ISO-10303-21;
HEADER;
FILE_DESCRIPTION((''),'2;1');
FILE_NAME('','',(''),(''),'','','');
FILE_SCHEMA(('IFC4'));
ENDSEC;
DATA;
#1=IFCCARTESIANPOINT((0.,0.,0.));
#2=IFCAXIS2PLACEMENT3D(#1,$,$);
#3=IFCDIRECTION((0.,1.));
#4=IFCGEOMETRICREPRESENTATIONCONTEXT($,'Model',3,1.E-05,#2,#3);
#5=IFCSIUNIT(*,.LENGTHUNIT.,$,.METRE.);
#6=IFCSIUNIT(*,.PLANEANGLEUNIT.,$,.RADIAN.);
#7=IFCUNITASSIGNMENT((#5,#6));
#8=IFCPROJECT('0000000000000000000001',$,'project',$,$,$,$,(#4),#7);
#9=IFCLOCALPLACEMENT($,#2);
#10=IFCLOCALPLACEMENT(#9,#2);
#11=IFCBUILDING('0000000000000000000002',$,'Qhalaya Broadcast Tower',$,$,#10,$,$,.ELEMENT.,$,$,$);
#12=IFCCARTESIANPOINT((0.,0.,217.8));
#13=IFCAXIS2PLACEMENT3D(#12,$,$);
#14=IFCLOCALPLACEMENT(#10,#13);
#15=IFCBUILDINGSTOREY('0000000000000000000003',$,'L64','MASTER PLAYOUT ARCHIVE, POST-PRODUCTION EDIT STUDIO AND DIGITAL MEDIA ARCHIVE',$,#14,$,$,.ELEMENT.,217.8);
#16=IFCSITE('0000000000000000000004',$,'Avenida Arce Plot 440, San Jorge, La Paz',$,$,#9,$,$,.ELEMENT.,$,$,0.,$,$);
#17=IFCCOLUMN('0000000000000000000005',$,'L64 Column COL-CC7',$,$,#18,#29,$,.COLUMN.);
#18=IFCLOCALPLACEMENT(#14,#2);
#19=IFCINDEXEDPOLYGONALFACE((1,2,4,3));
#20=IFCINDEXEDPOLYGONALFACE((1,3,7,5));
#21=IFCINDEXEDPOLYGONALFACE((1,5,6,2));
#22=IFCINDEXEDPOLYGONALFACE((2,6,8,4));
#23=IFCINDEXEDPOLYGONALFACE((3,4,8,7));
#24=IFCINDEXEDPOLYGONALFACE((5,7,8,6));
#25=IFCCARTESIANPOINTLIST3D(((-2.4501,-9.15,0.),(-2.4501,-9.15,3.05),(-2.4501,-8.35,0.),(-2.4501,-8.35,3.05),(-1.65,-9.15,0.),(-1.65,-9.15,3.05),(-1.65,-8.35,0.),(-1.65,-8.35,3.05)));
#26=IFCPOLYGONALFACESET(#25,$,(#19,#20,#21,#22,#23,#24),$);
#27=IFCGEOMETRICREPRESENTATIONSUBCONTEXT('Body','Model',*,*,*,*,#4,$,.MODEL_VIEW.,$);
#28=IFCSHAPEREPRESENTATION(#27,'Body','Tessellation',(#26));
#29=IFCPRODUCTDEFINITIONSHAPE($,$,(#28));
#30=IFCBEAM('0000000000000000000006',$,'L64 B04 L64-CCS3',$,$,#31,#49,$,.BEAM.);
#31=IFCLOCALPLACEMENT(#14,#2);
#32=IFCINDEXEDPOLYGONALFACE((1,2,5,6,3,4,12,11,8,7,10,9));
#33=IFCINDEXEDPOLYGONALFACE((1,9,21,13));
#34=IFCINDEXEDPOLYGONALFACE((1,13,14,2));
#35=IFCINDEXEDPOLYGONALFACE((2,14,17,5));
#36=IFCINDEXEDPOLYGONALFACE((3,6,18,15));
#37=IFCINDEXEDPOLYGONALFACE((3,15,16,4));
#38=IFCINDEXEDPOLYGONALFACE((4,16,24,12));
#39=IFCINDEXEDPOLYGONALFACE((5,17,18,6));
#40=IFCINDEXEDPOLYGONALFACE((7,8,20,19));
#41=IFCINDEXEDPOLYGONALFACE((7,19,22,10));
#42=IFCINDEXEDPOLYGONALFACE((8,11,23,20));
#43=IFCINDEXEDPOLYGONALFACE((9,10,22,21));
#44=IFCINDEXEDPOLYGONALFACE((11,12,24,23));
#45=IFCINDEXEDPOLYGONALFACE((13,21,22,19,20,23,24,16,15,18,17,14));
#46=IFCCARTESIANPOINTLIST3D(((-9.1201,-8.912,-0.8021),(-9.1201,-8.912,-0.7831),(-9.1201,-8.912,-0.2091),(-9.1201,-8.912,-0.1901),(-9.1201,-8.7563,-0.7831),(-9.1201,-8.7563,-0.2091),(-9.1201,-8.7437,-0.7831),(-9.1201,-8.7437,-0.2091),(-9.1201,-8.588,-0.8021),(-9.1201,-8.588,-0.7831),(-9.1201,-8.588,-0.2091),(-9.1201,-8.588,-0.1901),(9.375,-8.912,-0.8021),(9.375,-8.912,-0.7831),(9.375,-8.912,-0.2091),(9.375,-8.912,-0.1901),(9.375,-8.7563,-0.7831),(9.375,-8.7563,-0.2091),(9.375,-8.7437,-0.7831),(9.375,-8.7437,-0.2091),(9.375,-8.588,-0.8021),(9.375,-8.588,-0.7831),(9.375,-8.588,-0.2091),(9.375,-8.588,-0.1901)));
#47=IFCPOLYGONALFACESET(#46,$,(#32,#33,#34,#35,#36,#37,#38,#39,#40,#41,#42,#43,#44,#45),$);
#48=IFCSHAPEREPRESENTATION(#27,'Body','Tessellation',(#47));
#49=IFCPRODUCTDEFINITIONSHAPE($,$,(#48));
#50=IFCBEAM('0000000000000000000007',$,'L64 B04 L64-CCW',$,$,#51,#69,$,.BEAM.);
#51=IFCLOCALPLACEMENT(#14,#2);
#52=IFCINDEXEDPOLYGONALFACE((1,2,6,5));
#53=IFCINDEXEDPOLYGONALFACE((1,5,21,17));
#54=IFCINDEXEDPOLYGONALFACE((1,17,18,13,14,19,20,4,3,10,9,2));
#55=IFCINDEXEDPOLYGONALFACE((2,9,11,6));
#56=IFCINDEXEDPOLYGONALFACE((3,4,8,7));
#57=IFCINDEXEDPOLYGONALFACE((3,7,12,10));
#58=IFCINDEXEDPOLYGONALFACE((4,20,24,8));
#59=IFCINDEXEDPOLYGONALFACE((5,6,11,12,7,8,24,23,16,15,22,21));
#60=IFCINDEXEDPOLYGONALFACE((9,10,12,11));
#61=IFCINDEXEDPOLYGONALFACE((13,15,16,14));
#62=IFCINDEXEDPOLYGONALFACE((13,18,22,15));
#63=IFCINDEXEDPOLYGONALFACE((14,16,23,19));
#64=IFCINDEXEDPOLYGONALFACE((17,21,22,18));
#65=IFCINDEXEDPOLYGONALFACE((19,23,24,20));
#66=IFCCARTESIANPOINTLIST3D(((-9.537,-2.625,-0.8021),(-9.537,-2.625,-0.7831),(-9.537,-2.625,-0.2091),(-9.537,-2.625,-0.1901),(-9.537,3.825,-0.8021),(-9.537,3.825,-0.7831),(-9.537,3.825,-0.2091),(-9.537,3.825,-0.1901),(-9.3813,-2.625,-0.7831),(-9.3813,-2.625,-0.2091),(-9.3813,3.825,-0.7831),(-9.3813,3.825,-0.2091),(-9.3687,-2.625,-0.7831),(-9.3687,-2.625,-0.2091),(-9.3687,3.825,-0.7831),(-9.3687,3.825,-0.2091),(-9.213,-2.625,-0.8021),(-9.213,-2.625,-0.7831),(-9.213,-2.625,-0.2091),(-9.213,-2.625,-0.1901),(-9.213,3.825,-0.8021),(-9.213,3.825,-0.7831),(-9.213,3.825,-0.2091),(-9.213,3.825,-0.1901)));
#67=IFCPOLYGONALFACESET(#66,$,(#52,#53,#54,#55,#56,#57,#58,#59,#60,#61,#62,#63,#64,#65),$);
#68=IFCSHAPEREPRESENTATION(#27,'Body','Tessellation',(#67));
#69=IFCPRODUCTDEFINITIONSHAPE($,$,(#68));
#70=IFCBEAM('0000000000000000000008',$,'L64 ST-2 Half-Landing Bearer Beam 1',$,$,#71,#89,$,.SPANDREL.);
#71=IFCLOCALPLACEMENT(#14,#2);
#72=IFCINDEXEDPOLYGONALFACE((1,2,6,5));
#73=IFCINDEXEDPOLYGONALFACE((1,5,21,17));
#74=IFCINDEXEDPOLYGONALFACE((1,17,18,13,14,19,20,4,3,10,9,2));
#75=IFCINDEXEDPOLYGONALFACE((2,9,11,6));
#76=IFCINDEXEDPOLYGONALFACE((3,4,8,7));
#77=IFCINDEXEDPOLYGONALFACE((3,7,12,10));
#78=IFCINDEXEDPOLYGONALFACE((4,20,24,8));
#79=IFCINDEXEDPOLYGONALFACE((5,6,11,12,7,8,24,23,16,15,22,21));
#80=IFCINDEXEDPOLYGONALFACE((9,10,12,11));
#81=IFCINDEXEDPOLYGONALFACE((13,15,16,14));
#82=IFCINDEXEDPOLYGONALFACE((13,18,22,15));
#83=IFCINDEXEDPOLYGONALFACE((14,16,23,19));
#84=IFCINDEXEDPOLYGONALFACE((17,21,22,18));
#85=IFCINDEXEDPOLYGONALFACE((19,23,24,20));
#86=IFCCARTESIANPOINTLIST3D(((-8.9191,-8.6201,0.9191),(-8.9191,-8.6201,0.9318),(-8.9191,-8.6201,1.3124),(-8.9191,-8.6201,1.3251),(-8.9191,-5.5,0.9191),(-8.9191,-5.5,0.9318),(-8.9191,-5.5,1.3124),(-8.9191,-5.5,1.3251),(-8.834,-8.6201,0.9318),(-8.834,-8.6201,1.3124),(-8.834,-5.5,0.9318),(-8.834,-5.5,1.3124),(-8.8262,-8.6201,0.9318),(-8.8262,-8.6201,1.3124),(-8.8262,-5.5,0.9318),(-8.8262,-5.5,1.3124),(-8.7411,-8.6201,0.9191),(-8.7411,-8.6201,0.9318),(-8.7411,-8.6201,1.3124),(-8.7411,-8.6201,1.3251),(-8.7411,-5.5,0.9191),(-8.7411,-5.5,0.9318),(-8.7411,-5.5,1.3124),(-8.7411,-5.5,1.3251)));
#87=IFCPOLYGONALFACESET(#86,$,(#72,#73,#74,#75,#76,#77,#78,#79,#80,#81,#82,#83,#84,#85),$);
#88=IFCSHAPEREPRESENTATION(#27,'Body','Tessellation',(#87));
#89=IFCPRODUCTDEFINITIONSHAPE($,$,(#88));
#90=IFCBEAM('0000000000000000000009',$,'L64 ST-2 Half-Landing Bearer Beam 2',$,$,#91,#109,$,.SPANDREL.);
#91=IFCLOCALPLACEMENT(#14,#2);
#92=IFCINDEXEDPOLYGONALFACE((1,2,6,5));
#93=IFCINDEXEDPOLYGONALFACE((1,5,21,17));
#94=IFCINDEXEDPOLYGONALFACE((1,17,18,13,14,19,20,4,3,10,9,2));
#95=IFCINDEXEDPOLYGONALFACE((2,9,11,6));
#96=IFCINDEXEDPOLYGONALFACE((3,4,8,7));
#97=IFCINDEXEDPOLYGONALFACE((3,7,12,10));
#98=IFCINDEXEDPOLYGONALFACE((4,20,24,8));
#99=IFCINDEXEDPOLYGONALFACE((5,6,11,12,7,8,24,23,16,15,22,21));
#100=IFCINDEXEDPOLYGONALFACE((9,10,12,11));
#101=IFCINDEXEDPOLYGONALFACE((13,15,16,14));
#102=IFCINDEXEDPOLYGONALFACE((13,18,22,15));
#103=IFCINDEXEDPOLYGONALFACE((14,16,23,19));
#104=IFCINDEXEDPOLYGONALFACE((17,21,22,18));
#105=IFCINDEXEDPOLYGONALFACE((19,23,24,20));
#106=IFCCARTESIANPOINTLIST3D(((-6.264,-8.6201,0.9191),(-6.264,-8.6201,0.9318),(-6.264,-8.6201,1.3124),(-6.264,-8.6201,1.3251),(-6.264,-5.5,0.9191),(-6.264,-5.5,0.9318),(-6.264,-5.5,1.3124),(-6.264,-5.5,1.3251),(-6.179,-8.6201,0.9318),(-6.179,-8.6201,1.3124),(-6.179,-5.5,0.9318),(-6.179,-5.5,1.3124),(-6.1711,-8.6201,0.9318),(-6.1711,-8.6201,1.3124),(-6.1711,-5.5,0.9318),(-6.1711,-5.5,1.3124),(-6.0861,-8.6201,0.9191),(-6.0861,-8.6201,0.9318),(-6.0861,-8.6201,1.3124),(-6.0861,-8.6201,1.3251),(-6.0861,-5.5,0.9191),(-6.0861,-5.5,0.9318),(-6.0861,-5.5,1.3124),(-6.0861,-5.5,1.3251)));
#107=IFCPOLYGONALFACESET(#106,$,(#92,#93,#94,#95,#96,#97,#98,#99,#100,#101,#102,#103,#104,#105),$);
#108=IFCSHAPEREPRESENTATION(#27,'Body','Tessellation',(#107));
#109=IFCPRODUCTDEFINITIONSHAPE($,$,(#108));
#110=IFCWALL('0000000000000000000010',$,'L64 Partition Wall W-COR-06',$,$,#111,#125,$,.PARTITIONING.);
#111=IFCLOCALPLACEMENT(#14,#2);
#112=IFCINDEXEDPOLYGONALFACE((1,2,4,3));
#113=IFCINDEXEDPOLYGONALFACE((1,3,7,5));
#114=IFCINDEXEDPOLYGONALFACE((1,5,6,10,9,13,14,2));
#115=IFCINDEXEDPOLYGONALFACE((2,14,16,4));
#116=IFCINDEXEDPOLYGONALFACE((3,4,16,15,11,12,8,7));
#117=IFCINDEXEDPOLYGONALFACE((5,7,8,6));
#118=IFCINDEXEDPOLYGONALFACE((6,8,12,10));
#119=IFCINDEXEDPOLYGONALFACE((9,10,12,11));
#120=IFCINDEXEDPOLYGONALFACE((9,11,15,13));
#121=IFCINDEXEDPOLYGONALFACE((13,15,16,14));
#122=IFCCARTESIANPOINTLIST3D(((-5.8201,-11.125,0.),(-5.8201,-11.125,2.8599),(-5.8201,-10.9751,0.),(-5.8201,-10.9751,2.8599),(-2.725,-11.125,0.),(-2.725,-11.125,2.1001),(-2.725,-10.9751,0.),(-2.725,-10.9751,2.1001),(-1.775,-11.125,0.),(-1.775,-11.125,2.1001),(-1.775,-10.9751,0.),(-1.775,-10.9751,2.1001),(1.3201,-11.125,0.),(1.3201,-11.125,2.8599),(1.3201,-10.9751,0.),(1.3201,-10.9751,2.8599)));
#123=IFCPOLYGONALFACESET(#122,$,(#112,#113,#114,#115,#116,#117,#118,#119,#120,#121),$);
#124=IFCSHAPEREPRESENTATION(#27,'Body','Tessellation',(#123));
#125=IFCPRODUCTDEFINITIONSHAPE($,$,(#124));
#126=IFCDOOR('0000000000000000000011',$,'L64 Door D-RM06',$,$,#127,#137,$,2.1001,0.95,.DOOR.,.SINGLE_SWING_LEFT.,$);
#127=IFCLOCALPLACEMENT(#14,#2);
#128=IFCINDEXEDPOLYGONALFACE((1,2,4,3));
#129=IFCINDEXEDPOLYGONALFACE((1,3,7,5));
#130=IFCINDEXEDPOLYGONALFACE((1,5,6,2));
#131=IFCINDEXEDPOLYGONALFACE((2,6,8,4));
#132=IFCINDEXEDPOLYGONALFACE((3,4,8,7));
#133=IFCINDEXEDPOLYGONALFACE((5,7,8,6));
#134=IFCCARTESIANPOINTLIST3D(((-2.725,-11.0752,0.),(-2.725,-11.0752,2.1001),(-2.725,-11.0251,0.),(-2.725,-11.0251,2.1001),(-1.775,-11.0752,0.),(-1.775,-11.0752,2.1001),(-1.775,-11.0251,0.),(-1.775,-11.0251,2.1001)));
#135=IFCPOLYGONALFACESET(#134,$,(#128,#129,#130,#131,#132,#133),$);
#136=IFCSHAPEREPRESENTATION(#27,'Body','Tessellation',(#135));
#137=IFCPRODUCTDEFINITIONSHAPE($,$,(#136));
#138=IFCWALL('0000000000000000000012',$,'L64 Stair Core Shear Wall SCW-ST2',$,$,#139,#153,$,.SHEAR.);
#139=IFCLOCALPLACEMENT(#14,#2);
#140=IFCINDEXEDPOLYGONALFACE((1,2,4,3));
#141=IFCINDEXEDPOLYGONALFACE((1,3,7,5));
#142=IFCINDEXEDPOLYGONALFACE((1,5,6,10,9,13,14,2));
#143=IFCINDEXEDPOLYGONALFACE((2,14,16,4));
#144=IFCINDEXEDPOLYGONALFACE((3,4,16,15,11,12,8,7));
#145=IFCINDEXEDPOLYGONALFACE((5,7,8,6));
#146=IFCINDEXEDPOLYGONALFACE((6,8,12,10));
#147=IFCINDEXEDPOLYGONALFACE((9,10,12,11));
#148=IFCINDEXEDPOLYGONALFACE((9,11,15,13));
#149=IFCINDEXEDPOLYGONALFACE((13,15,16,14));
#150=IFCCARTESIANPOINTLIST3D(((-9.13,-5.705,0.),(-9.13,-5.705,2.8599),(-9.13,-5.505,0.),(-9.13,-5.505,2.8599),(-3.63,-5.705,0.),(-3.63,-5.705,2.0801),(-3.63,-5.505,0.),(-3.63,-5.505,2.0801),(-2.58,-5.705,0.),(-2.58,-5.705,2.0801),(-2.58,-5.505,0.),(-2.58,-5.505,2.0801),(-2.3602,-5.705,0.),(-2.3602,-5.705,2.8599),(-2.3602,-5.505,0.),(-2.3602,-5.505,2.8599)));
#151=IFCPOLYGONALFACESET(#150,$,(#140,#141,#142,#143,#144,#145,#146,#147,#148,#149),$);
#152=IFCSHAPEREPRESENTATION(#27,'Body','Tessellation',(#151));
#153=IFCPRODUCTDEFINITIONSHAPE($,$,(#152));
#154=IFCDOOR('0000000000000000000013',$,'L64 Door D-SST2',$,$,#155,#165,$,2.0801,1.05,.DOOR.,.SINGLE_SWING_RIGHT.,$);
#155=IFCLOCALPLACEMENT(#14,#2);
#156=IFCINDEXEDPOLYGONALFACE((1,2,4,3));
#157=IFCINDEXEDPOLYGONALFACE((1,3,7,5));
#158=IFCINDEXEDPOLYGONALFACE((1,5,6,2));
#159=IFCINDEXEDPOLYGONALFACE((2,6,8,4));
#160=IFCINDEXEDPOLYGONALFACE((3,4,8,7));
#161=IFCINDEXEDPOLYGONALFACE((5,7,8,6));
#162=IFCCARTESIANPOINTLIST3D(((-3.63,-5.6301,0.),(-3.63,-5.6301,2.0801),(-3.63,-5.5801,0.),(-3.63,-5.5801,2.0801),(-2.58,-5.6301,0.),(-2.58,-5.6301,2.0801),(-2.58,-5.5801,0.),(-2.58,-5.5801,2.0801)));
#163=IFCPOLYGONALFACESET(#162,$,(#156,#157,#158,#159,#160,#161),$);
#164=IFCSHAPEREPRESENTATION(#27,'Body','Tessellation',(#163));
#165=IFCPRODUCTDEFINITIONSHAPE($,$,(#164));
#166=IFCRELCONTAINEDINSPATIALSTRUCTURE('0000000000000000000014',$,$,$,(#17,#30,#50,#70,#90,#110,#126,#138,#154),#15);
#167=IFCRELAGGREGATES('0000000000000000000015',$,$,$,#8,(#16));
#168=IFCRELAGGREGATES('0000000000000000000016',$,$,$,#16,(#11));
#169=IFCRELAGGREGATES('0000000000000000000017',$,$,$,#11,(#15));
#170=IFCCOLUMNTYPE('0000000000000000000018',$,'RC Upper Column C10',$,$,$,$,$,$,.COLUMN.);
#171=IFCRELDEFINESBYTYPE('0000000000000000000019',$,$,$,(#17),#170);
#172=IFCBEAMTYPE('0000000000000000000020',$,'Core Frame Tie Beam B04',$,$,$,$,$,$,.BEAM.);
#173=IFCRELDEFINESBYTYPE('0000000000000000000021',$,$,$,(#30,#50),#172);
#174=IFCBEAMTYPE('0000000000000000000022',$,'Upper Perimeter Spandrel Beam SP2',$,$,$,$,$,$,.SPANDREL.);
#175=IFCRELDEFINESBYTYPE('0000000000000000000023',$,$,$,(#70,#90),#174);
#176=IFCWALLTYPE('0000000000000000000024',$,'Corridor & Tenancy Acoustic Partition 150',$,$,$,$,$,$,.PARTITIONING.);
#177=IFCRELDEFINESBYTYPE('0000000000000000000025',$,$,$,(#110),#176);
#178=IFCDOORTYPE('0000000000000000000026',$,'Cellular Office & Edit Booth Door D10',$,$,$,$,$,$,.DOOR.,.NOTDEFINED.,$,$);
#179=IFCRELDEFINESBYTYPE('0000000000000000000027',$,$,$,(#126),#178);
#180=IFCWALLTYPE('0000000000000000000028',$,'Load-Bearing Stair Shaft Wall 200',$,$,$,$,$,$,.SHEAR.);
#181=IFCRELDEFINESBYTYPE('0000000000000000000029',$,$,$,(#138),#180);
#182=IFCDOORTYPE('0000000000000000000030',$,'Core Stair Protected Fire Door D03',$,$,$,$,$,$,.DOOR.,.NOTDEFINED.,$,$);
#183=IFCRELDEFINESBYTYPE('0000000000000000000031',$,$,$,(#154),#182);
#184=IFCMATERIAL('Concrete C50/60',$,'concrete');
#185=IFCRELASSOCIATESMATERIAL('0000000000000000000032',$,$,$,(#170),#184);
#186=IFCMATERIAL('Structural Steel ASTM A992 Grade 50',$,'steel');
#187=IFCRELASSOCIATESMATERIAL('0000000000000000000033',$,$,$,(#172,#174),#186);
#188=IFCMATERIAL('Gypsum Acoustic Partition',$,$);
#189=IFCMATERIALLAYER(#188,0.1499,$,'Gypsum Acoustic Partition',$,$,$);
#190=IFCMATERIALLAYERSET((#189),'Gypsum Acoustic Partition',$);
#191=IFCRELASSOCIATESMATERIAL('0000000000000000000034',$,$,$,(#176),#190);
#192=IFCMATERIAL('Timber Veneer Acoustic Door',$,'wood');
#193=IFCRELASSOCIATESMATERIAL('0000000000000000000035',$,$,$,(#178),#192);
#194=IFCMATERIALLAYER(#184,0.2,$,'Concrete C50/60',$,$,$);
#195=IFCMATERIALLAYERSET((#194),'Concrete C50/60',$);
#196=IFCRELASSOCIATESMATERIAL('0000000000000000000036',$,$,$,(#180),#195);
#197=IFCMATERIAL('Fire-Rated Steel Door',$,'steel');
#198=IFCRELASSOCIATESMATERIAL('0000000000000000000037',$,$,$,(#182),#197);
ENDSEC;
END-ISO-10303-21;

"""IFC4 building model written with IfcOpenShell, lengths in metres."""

from ifc_helpers import new_model, si_unit, direction, frame, frame_2d, origin, origin_2d, place, context, subcontext, project, spatial, rectangle, i_section, extrude, material, layer, layer_set, material_profile, profile_set, type_object, element, fill, save


model = new_model("IFC4")

# Units and contexts
model_context = context("Model", 3, precision=1e-05, world=origin(), true_north=direction((0.0, 1.0)))
body_context = subcontext(model_context, "Body", "Model", "MODEL_VIEW")
ifc_project = project(units=[si_unit("LENGTHUNIT", "METRE"), si_unit("PLANEANGLEUNIT", "RADIAN")], contexts=[model_context])

# Site, building, storey
site_placement = place(None, origin())
site = spatial("IfcSite", under=ifc_project, at=site_placement, Name="Avenida Arce Plot 440, San Jorge, La Paz", CompositionType="ELEMENT", RefElevation=0.0)
building_placement = place(site_placement, origin())
building = spatial("IfcBuilding", under=site, at=building_placement, Name="Qhalaya Broadcast Tower", CompositionType="ELEMENT")
storey_placement = place(building_placement, frame((0.0, 0.0, 217.8)))
storey = spatial("IfcBuildingStorey", under=building, at=storey_placement, Name="L64", Description="MASTER PLAYOUT ARCHIVE, POST-PRODUCTION EDIT STUDIO AND DIGITAL MEDIA ARCHIVE", CompositionType="ELEMENT", Elevation=217.8)

# Column
ifc_material_1 = material(Name="Concrete C50/60", Category="concrete")
ifc_material_profile_1 = material_profile(ifc_material_1, rectangle(XDim=0.8, YDim=0.8, at=origin_2d()), Name="RC-COL 800x800")
ifc_profile_set_1 = profile_set([ifc_material_profile_1], Name="Concrete C50/60")
column_type = type_object("IfcColumnType", Name="RC Upper Column C10", PredefinedType="COLUMN", material=ifc_profile_set_1)
column_placement = place(storey_placement, frame((-2.05, -8.75, 0.0), z_axis=(0.0, 0.0, 1.0), x_axis=(1.0, 0.0, 0.0)))
element("IfcColumn", 1, at=column_placement, inside=storey, type_object=column_type, Name="L64 Column COL-CC7", PredefinedType="COLUMN", context=body_context, shape_type="SweptSolid", body=[
    extrude(rectangle(XDim=0.8, YDim=0.8, at=origin_2d()), origin(), (0.0, 0.0, 1.0), 3.05),
])

# Beams
ifc_material_2 = material(Name="Structural Steel ASTM A992 Grade 50", Category="steel")
ifc_material_profile_2 = material_profile(ifc_material_2, i_section(OverallWidth=0.324, OverallDepth=0.6121, WebThickness=0.0127, FlangeThickness=0.019, at=origin_2d()), Name="W24X104")
ifc_profile_set_2 = profile_set([ifc_material_profile_2], Name="Structural Steel ASTM A992 Grade 50")
beam_type_1 = type_object("IfcBeamType", Name="Core Frame Tie Beam B04", PredefinedType="BEAM", material=ifc_profile_set_2)
beam_1_placement = place(storey_placement, frame((-9.1201, -8.75, -0.4961), z_axis=(1.0, 0.0, 0.0), x_axis=(0.0, 1.0, 0.0)))
element("IfcBeam", 2, at=beam_1_placement, inside=storey, type_object=beam_type_1, Name="L64 B04 L64-CCS3", PredefinedType="BEAM", context=body_context, shape_type="SweptSolid", body=[
    extrude(i_section(OverallWidth=0.324, OverallDepth=0.6121, WebThickness=0.0127, FlangeThickness=0.019, at=origin_2d()), origin(), (0.0, 0.0, 1.0), 18.4951),
])
beam_2_placement = place(storey_placement, frame((-9.375, -2.625, -0.4961), z_axis=(0.0, 1.0, 0.0), x_axis=(-1.0, 0.0, 0.0)))
element("IfcBeam", 3, at=beam_2_placement, inside=storey, type_object=beam_type_1, Name="L64 B04 L64-CCW", PredefinedType="BEAM", context=body_context, shape_type="SweptSolid", body=[
    extrude(i_section(OverallWidth=0.324, OverallDepth=0.6121, WebThickness=0.0127, FlangeThickness=0.019, at=origin_2d()), origin(), (0.0, 0.0, 1.0), 6.45),
])
ifc_material_profile_3 = material_profile(ifc_material_2, i_section(OverallWidth=0.178, OverallDepth=0.406, WebThickness=0.0078, FlangeThickness=0.0127, at=origin_2d()), Name="W16X40")
ifc_profile_set_3 = profile_set([ifc_material_profile_3], Name="Structural Steel ASTM A992 Grade 50")
beam_type_2 = type_object("IfcBeamType", Name="Upper Perimeter Spandrel Beam SP2", PredefinedType="SPANDREL", material=ifc_profile_set_3)
for number, where, z_axis, x_axis, name in (
    (4, (-8.8301, -8.6201, 1.1221), (0.0, 1.0, 0.0), (-1.0, 0.0, 0.0), "L64 ST-2 Half-Landing Bearer Beam 1"),
    (5, (-6.175, -8.6201, 1.1221), (0.0, 1.0, 0.0), (-1.0, 0.0, 0.0), "L64 ST-2 Half-Landing Bearer Beam 2"),
):
    element("IfcBeam", number, at=place(storey_placement, frame(where, z_axis=z_axis, x_axis=x_axis)), inside=storey, type_object=beam_type_2, Name=name, PredefinedType="SPANDREL", context=body_context, shape_type="SweptSolid", body=[
        extrude(i_section(OverallWidth=0.178, OverallDepth=0.406, WebThickness=0.0078, FlangeThickness=0.0127, at=origin_2d()), origin(), (0.0, 0.0, 1.0), 3.1201),
    ])

# Walls, openings, doors
ifc_material_3 = material(Name="Gypsum Acoustic Partition")
ifc_layer_1 = layer(ifc_material_3, 0.1499, Name="Gypsum Acoustic Partition")
ifc_layer_set_1 = layer_set([ifc_layer_1], Name="Gypsum Acoustic Partition")
wall_type_1 = type_object("IfcWallType", Name="Corridor & Tenancy Acoustic Partition 150", PredefinedType="PARTITIONING", material=ifc_layer_set_1)
wall_1_placement = place(storey_placement, frame((-5.8201, -11.05, 0.0), z_axis=(0.0, 0.0, 1.0), x_axis=(1.0, 0.0, 0.0)))
wall_1 = element("IfcWall", 6, at=wall_1_placement, inside=storey, type_object=wall_type_1, Name="L64 Partition Wall W-COR-06", PredefinedType="PARTITIONING", context=body_context, shape_type="SweptSolid", body=[
    extrude(rectangle(XDim=7.1401, YDim=0.1499, at=frame_2d((3.5701, 0.0))), origin(), (0.0, 0.0, 1.0), 2.8599),
])
opening_1_placement = place(wall_1_placement, frame((3.095, 0.0, 0.0)))
opening_1 = element("IfcOpeningElement", 7, at=opening_1_placement, cuts=wall_1, PredefinedType="OPENING", context=body_context, shape_type="SweptSolid", body=[
    extrude(rectangle(XDim=0.95, YDim=2.1001, at=frame_2d((0.4751, 1.05))), frame((0.0, 0.0869, 0.0), z_axis=(0.0, -1.0, 0.0), x_axis=(1.0, 0.0, 0.0)), (0.0, 0.0, 1.0), 0.1738),
])
ifc_material_4 = material(Name="Timber Veneer Acoustic Door", Category="wood")
door_type_1 = type_object("IfcDoorType", Name="Cellular Office & Edit Booth Door D10", OperationType="NOTDEFINED", PredefinedType="DOOR", material=ifc_material_4)
door_1_placement = place(opening_1_placement, origin())
door_1 = element("IfcDoor", 8, at=door_1_placement, inside=storey, type_object=door_type_1, Name="L64 Door D-RM06", OperationType="SINGLE_SWING_LEFT", OverallHeight=2.1001, OverallWidth=0.95, PredefinedType="DOOR", context=body_context, shape_type="SweptSolid", body=[
    extrude(rectangle(XDim=0.95, YDim=2.1001, at=frame_2d((0.4751, 1.05))), frame((0.0, 0.0249, 0.0), z_axis=(0.0, -1.0, 0.0), x_axis=(1.0, 0.0, 0.0)), (0.0, 0.0, 1.0), 0.05),
])
fill(opening_1, door_1)
ifc_layer_2 = layer(ifc_material_1, 0.2, Name="Concrete C50/60")
ifc_layer_set_2 = layer_set([ifc_layer_2], Name="Concrete C50/60")
wall_type_2 = type_object("IfcWallType", Name="Load-Bearing Stair Shaft Wall 200", PredefinedType="SHEAR", material=ifc_layer_set_2)
wall_2_placement = place(storey_placement, frame((-9.1299, -5.605, 0.0), z_axis=(0.0, 0.0, 1.0), x_axis=(1.0, 0.0, 0.0)))
wall_2 = element("IfcWall", 9, at=wall_2_placement, inside=storey, type_object=wall_type_2, Name="L64 Stair Core Shear Wall SCW-ST2", PredefinedType="SHEAR", context=body_context, shape_type="SweptSolid", body=[
    extrude(rectangle(XDim=6.7698, YDim=0.2, at=frame_2d((3.3848, 0.0))), origin(), (0.0, 0.0, 1.0), 2.8599),
])
opening_2_placement = place(wall_2_placement, frame((5.5, 0.0, 0.0)))
opening_2 = element("IfcOpeningElement", 10, at=opening_2_placement, cuts=wall_2, PredefinedType="OPENING", context=body_context, shape_type="SweptSolid", body=[
    extrude(rectangle(XDim=1.05, YDim=2.0801, at=frame_2d((0.5249, 1.04))), frame((0.0, 0.1121, 0.0), z_axis=(0.0, -1.0, 0.0), x_axis=(1.0, 0.0, 0.0)), (0.0, 0.0, 1.0), 0.2239),
])
ifc_material_5 = material(Name="Fire-Rated Steel Door", Category="steel")
door_type_2 = type_object("IfcDoorType", Name="Core Stair Protected Fire Door D03", OperationType="NOTDEFINED", PredefinedType="DOOR", material=ifc_material_5)
door_2_placement = place(opening_2_placement, origin())
door_2 = element("IfcDoor", 11, at=door_2_placement, inside=storey, type_object=door_type_2, Name="L64 Door D-SST2", OperationType="SINGLE_SWING_RIGHT", OverallHeight=2.0801, OverallWidth=1.05, PredefinedType="DOOR", context=body_context, shape_type="SweptSolid", body=[
    extrude(rectangle(XDim=1.05, YDim=2.0801, at=frame_2d((0.5249, 1.04))), frame((0.0, 0.0249, 0.0), z_axis=(0.0, -1.0, 0.0), x_axis=(1.0, 0.0, 0.0)), (0.0, 0.0, 1.0), 0.05),
])
fill(opening_2, door_2)

save(model, "model.ifc")
